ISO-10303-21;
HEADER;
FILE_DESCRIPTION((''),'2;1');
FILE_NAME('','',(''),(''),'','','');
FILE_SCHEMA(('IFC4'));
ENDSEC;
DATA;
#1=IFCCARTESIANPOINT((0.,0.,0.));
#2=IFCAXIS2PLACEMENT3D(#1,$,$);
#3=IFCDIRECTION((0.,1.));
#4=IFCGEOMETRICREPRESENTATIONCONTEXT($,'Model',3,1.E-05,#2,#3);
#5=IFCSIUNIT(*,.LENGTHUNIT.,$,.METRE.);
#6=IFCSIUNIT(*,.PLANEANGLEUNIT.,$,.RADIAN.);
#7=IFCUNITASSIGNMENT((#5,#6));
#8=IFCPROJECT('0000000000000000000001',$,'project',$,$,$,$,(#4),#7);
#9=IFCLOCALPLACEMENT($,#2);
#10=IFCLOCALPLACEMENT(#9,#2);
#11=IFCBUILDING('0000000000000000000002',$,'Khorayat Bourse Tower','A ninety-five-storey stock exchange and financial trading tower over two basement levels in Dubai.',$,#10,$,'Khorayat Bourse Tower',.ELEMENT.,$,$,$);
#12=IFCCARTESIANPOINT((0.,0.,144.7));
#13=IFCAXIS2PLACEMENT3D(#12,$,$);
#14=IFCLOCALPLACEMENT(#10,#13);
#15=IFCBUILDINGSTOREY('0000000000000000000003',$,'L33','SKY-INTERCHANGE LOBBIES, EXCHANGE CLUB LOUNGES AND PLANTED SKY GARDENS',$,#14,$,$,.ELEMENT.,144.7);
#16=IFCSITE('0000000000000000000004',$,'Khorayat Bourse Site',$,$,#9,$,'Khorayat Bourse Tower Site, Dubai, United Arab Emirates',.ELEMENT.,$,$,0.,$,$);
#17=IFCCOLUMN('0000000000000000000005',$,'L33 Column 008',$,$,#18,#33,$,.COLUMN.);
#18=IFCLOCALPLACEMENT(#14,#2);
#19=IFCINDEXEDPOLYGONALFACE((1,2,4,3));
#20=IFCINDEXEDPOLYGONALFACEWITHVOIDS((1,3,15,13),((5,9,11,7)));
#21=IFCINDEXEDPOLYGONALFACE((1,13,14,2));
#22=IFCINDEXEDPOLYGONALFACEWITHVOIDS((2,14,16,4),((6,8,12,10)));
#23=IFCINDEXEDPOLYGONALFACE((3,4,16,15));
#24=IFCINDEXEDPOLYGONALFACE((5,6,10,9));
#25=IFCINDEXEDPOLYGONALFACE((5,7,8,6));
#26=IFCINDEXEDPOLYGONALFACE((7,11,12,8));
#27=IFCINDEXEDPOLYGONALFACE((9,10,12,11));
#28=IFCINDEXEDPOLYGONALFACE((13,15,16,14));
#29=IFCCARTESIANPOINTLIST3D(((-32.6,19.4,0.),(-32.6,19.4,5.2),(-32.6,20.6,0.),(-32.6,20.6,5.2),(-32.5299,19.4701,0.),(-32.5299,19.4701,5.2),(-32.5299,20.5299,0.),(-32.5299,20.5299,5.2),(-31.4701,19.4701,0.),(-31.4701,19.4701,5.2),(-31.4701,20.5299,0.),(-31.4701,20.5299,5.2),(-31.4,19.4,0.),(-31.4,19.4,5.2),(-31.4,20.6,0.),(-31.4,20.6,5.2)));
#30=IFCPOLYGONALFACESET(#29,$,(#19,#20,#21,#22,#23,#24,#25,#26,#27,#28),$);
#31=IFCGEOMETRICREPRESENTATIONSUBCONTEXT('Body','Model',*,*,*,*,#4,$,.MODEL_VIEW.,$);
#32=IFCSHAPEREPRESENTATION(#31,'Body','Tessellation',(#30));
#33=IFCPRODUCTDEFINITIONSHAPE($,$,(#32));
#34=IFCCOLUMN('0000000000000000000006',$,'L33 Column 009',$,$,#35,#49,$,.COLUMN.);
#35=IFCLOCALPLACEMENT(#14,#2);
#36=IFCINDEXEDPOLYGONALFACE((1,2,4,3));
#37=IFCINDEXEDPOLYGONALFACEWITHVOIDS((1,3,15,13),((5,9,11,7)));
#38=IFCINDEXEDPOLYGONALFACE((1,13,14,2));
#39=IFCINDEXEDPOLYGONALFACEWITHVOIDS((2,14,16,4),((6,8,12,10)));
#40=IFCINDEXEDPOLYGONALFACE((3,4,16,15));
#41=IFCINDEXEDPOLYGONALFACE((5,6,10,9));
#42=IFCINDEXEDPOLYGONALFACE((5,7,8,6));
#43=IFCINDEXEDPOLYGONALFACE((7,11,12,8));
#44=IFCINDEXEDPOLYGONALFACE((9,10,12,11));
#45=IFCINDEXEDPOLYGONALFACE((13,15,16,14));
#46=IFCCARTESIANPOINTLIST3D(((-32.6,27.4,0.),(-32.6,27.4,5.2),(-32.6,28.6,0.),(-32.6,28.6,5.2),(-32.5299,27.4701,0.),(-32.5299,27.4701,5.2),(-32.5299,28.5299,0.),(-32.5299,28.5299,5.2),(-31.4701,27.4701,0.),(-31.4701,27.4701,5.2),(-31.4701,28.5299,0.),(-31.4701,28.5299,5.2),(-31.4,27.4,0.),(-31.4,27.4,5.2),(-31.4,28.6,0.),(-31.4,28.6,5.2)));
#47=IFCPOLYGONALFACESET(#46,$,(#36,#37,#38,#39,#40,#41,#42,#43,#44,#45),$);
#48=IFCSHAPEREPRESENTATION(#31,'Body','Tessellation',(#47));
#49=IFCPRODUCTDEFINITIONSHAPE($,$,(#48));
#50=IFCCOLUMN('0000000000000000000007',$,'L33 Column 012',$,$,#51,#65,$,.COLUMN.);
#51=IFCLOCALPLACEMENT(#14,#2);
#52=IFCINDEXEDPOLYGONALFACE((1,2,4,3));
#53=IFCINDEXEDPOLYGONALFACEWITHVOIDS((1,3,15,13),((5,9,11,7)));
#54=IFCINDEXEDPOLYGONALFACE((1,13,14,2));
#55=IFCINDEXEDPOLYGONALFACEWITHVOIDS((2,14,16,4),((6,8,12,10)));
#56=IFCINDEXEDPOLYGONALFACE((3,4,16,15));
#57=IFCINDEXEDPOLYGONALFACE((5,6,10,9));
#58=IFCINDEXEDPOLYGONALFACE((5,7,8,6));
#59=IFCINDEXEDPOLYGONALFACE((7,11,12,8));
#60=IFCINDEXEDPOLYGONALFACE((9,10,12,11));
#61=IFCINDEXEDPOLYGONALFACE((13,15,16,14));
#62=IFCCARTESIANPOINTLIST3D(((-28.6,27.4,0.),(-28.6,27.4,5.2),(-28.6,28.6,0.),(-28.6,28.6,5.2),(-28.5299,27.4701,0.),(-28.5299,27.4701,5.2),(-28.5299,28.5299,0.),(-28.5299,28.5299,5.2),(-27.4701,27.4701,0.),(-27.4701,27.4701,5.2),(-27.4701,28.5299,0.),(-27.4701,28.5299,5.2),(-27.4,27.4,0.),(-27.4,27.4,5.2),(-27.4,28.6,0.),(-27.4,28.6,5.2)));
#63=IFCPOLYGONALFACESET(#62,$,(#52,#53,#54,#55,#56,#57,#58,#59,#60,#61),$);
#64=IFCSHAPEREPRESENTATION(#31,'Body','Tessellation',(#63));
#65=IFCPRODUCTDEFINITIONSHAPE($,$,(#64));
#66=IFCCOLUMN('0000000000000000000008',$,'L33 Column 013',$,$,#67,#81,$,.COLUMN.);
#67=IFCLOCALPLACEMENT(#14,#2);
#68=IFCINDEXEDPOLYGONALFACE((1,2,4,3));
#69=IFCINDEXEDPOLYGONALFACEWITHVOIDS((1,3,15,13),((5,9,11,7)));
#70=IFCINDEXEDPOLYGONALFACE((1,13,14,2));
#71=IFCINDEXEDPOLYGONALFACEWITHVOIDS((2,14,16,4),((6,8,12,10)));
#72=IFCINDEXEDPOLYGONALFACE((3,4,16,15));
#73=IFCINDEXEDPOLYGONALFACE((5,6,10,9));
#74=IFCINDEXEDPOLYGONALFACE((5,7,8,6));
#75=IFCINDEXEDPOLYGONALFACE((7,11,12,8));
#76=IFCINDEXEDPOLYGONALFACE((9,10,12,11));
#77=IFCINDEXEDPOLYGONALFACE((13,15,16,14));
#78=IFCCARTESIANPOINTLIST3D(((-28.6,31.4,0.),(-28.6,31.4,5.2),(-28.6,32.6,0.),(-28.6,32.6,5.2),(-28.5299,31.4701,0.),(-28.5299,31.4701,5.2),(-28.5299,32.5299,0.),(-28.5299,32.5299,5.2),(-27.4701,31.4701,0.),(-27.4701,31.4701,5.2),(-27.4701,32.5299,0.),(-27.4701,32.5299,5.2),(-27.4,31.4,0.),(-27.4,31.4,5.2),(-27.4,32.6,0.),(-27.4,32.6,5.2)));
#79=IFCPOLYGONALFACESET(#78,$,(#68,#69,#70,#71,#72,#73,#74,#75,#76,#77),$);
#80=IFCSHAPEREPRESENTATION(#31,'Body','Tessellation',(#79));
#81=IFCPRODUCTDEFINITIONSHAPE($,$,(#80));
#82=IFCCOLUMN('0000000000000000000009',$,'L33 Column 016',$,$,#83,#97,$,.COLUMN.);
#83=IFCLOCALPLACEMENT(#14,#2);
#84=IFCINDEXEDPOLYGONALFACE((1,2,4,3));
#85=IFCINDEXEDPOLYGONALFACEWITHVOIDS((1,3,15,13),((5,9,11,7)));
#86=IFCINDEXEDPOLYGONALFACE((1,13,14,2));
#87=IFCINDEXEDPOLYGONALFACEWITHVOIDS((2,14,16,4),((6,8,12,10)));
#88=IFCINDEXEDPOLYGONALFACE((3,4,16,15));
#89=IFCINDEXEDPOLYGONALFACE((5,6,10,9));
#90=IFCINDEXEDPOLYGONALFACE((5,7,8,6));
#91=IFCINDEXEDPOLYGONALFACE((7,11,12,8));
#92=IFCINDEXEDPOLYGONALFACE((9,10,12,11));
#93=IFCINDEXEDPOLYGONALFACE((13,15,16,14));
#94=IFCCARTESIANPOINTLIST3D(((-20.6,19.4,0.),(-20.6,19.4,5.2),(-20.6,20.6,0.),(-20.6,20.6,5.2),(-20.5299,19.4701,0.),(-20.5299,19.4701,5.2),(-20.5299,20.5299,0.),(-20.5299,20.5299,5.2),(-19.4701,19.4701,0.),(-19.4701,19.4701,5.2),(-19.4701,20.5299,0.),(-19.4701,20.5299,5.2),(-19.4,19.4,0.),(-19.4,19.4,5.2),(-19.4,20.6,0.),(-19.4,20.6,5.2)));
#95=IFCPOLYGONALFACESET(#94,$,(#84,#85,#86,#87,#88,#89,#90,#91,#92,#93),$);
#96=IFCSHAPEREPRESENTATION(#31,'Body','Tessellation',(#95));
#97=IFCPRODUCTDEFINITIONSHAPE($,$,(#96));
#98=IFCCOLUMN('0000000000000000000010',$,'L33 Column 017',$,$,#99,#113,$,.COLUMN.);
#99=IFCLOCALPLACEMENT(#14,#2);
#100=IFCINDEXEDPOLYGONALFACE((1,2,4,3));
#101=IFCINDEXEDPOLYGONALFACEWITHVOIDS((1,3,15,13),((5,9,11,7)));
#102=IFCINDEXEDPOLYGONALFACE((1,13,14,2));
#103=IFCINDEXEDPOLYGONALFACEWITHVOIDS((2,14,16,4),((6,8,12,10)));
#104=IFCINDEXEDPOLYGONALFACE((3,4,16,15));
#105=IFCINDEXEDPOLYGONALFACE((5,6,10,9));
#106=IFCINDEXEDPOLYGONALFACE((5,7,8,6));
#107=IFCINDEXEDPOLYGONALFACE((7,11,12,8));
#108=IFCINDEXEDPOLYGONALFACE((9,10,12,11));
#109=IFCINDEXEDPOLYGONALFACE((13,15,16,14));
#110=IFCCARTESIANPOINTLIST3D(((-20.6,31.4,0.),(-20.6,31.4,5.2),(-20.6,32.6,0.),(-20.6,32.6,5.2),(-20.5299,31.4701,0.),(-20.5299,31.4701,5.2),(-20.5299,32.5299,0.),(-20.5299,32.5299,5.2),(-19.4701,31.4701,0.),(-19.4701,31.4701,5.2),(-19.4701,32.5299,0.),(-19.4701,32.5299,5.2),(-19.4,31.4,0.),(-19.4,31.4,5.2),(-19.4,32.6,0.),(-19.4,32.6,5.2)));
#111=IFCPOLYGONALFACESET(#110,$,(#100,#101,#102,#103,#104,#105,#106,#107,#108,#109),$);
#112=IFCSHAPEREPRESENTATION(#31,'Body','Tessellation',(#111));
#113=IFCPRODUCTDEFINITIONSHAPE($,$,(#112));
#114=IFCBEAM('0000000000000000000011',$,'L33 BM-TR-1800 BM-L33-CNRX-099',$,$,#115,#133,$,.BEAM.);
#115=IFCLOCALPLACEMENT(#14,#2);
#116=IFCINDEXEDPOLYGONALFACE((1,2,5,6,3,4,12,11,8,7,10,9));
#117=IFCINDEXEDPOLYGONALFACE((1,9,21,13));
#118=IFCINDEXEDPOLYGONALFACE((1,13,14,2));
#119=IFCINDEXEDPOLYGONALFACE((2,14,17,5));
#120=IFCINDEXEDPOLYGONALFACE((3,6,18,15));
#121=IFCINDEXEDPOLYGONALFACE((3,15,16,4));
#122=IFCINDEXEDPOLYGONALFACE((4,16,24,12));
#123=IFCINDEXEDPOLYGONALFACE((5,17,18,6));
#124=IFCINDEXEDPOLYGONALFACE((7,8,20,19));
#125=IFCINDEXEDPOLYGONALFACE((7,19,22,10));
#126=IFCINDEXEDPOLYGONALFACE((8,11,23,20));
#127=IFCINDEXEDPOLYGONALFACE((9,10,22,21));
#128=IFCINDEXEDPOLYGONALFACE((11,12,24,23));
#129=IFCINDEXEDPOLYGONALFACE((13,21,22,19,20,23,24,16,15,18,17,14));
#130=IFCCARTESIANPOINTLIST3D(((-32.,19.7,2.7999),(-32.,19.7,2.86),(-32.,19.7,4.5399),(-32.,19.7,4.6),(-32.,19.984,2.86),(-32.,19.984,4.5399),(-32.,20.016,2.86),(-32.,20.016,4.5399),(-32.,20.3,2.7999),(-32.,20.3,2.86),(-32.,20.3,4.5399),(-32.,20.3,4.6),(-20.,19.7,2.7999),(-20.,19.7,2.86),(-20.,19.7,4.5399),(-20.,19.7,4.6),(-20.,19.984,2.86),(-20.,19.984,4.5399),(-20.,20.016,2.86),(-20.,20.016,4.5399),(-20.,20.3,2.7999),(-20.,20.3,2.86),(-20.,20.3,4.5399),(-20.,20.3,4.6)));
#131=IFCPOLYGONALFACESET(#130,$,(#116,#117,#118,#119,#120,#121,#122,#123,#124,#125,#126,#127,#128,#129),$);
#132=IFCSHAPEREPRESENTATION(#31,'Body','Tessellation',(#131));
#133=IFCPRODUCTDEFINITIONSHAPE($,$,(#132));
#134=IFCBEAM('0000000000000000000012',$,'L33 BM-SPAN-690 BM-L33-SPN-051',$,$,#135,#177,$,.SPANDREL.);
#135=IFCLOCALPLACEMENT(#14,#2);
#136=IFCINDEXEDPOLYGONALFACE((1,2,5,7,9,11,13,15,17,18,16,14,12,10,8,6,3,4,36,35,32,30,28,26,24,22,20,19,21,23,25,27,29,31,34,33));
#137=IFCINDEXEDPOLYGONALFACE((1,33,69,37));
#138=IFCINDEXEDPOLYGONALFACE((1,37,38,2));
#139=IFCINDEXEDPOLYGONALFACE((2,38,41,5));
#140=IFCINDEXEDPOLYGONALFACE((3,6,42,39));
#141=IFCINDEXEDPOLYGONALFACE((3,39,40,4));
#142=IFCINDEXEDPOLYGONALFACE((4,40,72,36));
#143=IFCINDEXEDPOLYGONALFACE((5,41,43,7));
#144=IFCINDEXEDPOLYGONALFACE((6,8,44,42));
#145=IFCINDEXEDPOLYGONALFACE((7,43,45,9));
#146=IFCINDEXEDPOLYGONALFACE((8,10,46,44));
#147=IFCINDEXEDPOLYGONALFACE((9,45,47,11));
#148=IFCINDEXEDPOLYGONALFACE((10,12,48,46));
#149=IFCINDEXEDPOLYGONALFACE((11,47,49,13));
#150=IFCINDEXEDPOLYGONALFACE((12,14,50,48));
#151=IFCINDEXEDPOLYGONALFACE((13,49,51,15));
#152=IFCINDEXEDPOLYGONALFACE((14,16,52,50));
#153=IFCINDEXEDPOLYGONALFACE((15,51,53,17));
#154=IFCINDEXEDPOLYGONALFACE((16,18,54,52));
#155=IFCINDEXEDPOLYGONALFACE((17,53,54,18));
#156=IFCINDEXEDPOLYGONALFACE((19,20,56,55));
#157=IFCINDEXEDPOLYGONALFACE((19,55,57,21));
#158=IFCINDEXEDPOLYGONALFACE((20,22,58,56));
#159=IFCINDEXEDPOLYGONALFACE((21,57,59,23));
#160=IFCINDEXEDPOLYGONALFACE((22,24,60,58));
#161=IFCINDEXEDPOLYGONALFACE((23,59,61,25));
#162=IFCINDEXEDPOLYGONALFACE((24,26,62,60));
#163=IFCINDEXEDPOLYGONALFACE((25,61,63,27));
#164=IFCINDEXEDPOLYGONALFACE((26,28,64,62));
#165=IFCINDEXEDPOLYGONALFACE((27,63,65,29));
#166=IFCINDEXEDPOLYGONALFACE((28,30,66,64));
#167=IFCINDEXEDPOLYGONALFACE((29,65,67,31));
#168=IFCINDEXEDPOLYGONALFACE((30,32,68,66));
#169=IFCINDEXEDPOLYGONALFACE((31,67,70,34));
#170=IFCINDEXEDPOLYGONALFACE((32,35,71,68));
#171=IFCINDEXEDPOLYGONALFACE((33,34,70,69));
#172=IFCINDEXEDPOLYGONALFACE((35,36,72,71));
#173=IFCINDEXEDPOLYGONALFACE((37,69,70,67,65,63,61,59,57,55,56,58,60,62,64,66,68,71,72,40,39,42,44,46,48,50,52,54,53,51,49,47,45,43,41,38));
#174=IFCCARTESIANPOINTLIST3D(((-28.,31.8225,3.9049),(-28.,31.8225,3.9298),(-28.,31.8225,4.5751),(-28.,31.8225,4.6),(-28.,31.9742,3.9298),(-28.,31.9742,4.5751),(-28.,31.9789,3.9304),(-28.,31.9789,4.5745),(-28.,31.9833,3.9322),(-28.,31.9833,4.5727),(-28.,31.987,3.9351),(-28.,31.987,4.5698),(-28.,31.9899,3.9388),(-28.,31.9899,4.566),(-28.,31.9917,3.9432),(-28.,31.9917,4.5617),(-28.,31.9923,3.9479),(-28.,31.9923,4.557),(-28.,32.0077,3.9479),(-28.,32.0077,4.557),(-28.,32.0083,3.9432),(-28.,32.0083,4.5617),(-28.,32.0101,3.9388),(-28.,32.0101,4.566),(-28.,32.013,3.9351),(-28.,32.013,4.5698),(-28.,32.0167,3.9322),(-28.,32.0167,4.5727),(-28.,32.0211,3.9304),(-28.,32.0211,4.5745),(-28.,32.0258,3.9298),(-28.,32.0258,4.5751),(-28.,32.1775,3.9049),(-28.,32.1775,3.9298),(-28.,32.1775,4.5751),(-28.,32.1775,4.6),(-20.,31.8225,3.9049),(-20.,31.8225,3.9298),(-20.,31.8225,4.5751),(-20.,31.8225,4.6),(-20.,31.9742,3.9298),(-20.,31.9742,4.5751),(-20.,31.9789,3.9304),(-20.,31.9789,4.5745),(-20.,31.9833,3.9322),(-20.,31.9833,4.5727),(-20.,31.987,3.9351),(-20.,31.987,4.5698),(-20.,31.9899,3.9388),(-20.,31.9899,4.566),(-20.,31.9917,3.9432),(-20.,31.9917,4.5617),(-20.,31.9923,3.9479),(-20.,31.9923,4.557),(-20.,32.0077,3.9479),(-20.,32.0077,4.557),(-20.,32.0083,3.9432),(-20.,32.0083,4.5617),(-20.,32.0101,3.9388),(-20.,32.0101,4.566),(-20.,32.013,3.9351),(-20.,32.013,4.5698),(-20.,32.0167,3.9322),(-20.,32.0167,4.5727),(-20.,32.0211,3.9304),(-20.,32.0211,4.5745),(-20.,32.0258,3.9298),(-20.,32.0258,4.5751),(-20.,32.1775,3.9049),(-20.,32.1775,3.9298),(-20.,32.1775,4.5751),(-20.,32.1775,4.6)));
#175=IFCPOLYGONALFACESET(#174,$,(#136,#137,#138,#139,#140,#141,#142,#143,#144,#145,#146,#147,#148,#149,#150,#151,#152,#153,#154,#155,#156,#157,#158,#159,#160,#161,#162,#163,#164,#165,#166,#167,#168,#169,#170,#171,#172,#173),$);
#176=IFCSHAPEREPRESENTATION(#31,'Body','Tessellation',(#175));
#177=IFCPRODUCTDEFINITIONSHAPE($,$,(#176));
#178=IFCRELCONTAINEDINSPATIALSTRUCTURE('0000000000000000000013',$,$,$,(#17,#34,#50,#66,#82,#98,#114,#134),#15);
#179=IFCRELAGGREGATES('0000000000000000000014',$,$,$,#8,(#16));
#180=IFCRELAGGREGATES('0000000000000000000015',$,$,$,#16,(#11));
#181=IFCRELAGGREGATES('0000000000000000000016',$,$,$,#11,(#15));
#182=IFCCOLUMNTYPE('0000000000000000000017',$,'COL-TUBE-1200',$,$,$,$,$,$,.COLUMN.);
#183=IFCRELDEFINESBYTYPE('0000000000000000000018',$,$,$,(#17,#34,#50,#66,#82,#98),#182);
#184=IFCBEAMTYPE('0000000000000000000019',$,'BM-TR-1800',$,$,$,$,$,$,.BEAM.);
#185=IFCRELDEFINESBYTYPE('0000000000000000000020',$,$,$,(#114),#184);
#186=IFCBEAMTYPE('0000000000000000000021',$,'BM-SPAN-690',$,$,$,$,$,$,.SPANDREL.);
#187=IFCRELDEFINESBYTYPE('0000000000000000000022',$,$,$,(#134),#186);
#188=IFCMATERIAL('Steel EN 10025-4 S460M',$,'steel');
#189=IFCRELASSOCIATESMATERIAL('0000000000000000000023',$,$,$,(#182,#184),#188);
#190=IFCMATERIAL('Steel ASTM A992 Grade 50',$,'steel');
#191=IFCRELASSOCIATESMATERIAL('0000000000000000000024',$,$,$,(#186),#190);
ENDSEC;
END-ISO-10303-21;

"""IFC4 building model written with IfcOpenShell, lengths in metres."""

from ifc_helpers import new_model, si_unit, direction, frame, origin, origin_2d, place, context, subcontext, project, spatial, hollow_rectangle, i_section, extrude, source, transform, mapped, material, material_profile, profile_set, type_object, element, save


model = new_model("IFC4")

# Units and contexts
model_context = context("Model", 3, precision=1e-05, world=origin(), true_north=direction((0.0, 1.0)))
body_context = subcontext(model_context, "Body", "Model", "MODEL_VIEW")
ifc_project = project(units=[si_unit("LENGTHUNIT", "METRE"), si_unit("PLANEANGLEUNIT", "RADIAN")], contexts=[model_context])

# Site, building, storey
site_placement = place(None, origin())
site = spatial("IfcSite", under=ifc_project, at=site_placement, Name="Khorayat Bourse Site", LongName="Khorayat Bourse Tower Site, Dubai, United Arab Emirates", CompositionType="ELEMENT", RefElevation=0.0)
building_placement = place(site_placement, origin())
building = spatial("IfcBuilding", under=site, at=building_placement, Name="Khorayat Bourse Tower", Description="A ninety-five-storey stock exchange and financial trading tower over two basement levels in Dubai.", LongName="Khorayat Bourse Tower", CompositionType="ELEMENT")
storey_placement = place(building_placement, frame((0.0, 0.0, 144.7)))
storey = spatial("IfcBuildingStorey", under=building, at=storey_placement, Name="L33", Description="SKY-INTERCHANGE LOBBIES, EXCHANGE CLUB LOUNGES AND PLANTED SKY GARDENS", CompositionType="ELEMENT", Elevation=144.7)

# Columns
ifc_material_1 = material(Name="Steel EN 10025-4 S460M", Category="steel")
ifc_material_profile_1 = material_profile(ifc_material_1, hollow_rectangle(XDim=1.2, YDim=1.2, WallThickness=0.0701, at=origin_2d()), Name="BOX 1200x1200x70")
ifc_profile_set_1 = profile_set([ifc_material_profile_1], Name="Steel EN 10025-4 S460M")
column_type = type_object("IfcColumnType", Name="COL-TUBE-1200", PredefinedType="COLUMN", material=ifc_profile_set_1)
shared_shape_1 = source(origin(), body_context, "Body", "SweptSolid", [
    extrude(hollow_rectangle(XDim=1.2, YDim=1.2, WallThickness=0.0701, at=origin_2d()), origin(), (0.0, 0.0, 1.0), 5.2),
])
for number, where, z_axis, x_axis, name in (
    (1, (-32.0, 20.0, 0.0), (0.0, 0.0, 1.0), (1.0, 0.0, 0.0), "L33 Column 008"),
    (2, (-32.0, 28.0, 0.0), (0.0, 0.0, 1.0), (1.0, 0.0, 0.0), "L33 Column 009"),
    (3, (-28.0, 28.0, 0.0), (0.0, 0.0, 1.0), (1.0, 0.0, 0.0), "L33 Column 012"),
    (4, (-28.0, 32.0, 0.0), (0.0, 0.0, 1.0), (1.0, 0.0, 0.0), "L33 Column 013"),
    (5, (-20.0, 20.0, 0.0), (0.0, 0.0, 1.0), (1.0, 0.0, 0.0), "L33 Column 016"),
    (6, (-20.0, 32.0, 0.0), (0.0, 0.0, 1.0), (1.0, 0.0, 0.0), "L33 Column 017"),
):
    element("IfcColumn", number, at=place(storey_placement, frame(where, z_axis=z_axis, x_axis=x_axis)), inside=storey, type_object=column_type, Name=name, PredefinedType="COLUMN", context=body_context, shape_type="MappedRepresentation", body=[
        mapped(shared_shape_1, transform((0.0, 0.0, 0.0), scale=1.0)),
    ])

# Beams
ifc_material_profile_2 = material_profile(ifc_material_1, i_section(OverallWidth=0.6001, OverallDepth=1.8, WebThickness=0.032, FlangeThickness=0.0601, at=origin_2d()), Name="PG 1800x600x32x60")
ifc_profile_set_2 = profile_set([ifc_material_profile_2], Name="Steel EN 10025-4 S460M")
beam_type_1 = type_object("IfcBeamType", Name="BM-TR-1800", PredefinedType="BEAM", material=ifc_profile_set_2)
shared_shape_2 = source(origin(), body_context, "Body", "SweptSolid", [
    extrude(i_section(OverallWidth=0.6001, OverallDepth=1.8, WebThickness=0.032, FlangeThickness=0.0601, at=origin_2d()), origin(), (0.0, 0.0, 1.0), 12.0),
])
beam_1_placement = place(storey_placement, frame((-32.0, 20.0, 3.7), z_axis=(1.0, 0.0, 0.0), x_axis=(0.0, 1.0, 0.0)))
element("IfcBeam", 7, at=beam_1_placement, inside=storey, type_object=beam_type_1, Name="L33 BM-TR-1800 BM-L33-CNRX-099", PredefinedType="BEAM", context=body_context, shape_type="MappedRepresentation", body=[
    mapped(shared_shape_2, transform((0.0, 0.0, 0.0), scale=1.0)),
])
ifc_material_2 = material(Name="Steel ASTM A992 Grade 50", Category="steel")
ifc_material_profile_3 = material_profile(ifc_material_2, i_section(OverallWidth=0.355, OverallDepth=0.6951, WebThickness=0.0154, FlangeThickness=0.0249, FilletRadius=0.0181, at=origin_2d()), Name="W690X217")
ifc_profile_set_3 = profile_set([ifc_material_profile_3], Name="Steel ASTM A992 Grade 50")
beam_type_2 = type_object("IfcBeamType", Name="BM-SPAN-690", PredefinedType="SPANDREL", material=ifc_profile_set_3)
shared_shape_3 = source(origin(), body_context, "Body", "SweptSolid", [
    extrude(i_section(OverallWidth=0.355, OverallDepth=0.6951, WebThickness=0.0154, FlangeThickness=0.0249, FilletRadius=0.0181, at=origin_2d()), origin(), (0.0, 0.0, 1.0), 8.0),
])
for number, where, z_axis, x_axis, name in (
    (8, (-28.0, 32.0, 4.2524), (1.0, 0.0, 0.0), (0.0, 1.0, 0.0), "L33 BM-SPAN-690 BM-L33-SPN-051"),
):
    element("IfcBeam", number, at=place(storey_placement, frame(where, z_axis=z_axis, x_axis=x_axis)), inside=storey, type_object=beam_type_2, Name=name, PredefinedType="SPANDREL", context=body_context, shape_type="MappedRepresentation", body=[
        mapped(shared_shape_3, transform((0.0, 0.0, 0.0), scale=1.0)),
    ])

save(model, "model.ifc")
